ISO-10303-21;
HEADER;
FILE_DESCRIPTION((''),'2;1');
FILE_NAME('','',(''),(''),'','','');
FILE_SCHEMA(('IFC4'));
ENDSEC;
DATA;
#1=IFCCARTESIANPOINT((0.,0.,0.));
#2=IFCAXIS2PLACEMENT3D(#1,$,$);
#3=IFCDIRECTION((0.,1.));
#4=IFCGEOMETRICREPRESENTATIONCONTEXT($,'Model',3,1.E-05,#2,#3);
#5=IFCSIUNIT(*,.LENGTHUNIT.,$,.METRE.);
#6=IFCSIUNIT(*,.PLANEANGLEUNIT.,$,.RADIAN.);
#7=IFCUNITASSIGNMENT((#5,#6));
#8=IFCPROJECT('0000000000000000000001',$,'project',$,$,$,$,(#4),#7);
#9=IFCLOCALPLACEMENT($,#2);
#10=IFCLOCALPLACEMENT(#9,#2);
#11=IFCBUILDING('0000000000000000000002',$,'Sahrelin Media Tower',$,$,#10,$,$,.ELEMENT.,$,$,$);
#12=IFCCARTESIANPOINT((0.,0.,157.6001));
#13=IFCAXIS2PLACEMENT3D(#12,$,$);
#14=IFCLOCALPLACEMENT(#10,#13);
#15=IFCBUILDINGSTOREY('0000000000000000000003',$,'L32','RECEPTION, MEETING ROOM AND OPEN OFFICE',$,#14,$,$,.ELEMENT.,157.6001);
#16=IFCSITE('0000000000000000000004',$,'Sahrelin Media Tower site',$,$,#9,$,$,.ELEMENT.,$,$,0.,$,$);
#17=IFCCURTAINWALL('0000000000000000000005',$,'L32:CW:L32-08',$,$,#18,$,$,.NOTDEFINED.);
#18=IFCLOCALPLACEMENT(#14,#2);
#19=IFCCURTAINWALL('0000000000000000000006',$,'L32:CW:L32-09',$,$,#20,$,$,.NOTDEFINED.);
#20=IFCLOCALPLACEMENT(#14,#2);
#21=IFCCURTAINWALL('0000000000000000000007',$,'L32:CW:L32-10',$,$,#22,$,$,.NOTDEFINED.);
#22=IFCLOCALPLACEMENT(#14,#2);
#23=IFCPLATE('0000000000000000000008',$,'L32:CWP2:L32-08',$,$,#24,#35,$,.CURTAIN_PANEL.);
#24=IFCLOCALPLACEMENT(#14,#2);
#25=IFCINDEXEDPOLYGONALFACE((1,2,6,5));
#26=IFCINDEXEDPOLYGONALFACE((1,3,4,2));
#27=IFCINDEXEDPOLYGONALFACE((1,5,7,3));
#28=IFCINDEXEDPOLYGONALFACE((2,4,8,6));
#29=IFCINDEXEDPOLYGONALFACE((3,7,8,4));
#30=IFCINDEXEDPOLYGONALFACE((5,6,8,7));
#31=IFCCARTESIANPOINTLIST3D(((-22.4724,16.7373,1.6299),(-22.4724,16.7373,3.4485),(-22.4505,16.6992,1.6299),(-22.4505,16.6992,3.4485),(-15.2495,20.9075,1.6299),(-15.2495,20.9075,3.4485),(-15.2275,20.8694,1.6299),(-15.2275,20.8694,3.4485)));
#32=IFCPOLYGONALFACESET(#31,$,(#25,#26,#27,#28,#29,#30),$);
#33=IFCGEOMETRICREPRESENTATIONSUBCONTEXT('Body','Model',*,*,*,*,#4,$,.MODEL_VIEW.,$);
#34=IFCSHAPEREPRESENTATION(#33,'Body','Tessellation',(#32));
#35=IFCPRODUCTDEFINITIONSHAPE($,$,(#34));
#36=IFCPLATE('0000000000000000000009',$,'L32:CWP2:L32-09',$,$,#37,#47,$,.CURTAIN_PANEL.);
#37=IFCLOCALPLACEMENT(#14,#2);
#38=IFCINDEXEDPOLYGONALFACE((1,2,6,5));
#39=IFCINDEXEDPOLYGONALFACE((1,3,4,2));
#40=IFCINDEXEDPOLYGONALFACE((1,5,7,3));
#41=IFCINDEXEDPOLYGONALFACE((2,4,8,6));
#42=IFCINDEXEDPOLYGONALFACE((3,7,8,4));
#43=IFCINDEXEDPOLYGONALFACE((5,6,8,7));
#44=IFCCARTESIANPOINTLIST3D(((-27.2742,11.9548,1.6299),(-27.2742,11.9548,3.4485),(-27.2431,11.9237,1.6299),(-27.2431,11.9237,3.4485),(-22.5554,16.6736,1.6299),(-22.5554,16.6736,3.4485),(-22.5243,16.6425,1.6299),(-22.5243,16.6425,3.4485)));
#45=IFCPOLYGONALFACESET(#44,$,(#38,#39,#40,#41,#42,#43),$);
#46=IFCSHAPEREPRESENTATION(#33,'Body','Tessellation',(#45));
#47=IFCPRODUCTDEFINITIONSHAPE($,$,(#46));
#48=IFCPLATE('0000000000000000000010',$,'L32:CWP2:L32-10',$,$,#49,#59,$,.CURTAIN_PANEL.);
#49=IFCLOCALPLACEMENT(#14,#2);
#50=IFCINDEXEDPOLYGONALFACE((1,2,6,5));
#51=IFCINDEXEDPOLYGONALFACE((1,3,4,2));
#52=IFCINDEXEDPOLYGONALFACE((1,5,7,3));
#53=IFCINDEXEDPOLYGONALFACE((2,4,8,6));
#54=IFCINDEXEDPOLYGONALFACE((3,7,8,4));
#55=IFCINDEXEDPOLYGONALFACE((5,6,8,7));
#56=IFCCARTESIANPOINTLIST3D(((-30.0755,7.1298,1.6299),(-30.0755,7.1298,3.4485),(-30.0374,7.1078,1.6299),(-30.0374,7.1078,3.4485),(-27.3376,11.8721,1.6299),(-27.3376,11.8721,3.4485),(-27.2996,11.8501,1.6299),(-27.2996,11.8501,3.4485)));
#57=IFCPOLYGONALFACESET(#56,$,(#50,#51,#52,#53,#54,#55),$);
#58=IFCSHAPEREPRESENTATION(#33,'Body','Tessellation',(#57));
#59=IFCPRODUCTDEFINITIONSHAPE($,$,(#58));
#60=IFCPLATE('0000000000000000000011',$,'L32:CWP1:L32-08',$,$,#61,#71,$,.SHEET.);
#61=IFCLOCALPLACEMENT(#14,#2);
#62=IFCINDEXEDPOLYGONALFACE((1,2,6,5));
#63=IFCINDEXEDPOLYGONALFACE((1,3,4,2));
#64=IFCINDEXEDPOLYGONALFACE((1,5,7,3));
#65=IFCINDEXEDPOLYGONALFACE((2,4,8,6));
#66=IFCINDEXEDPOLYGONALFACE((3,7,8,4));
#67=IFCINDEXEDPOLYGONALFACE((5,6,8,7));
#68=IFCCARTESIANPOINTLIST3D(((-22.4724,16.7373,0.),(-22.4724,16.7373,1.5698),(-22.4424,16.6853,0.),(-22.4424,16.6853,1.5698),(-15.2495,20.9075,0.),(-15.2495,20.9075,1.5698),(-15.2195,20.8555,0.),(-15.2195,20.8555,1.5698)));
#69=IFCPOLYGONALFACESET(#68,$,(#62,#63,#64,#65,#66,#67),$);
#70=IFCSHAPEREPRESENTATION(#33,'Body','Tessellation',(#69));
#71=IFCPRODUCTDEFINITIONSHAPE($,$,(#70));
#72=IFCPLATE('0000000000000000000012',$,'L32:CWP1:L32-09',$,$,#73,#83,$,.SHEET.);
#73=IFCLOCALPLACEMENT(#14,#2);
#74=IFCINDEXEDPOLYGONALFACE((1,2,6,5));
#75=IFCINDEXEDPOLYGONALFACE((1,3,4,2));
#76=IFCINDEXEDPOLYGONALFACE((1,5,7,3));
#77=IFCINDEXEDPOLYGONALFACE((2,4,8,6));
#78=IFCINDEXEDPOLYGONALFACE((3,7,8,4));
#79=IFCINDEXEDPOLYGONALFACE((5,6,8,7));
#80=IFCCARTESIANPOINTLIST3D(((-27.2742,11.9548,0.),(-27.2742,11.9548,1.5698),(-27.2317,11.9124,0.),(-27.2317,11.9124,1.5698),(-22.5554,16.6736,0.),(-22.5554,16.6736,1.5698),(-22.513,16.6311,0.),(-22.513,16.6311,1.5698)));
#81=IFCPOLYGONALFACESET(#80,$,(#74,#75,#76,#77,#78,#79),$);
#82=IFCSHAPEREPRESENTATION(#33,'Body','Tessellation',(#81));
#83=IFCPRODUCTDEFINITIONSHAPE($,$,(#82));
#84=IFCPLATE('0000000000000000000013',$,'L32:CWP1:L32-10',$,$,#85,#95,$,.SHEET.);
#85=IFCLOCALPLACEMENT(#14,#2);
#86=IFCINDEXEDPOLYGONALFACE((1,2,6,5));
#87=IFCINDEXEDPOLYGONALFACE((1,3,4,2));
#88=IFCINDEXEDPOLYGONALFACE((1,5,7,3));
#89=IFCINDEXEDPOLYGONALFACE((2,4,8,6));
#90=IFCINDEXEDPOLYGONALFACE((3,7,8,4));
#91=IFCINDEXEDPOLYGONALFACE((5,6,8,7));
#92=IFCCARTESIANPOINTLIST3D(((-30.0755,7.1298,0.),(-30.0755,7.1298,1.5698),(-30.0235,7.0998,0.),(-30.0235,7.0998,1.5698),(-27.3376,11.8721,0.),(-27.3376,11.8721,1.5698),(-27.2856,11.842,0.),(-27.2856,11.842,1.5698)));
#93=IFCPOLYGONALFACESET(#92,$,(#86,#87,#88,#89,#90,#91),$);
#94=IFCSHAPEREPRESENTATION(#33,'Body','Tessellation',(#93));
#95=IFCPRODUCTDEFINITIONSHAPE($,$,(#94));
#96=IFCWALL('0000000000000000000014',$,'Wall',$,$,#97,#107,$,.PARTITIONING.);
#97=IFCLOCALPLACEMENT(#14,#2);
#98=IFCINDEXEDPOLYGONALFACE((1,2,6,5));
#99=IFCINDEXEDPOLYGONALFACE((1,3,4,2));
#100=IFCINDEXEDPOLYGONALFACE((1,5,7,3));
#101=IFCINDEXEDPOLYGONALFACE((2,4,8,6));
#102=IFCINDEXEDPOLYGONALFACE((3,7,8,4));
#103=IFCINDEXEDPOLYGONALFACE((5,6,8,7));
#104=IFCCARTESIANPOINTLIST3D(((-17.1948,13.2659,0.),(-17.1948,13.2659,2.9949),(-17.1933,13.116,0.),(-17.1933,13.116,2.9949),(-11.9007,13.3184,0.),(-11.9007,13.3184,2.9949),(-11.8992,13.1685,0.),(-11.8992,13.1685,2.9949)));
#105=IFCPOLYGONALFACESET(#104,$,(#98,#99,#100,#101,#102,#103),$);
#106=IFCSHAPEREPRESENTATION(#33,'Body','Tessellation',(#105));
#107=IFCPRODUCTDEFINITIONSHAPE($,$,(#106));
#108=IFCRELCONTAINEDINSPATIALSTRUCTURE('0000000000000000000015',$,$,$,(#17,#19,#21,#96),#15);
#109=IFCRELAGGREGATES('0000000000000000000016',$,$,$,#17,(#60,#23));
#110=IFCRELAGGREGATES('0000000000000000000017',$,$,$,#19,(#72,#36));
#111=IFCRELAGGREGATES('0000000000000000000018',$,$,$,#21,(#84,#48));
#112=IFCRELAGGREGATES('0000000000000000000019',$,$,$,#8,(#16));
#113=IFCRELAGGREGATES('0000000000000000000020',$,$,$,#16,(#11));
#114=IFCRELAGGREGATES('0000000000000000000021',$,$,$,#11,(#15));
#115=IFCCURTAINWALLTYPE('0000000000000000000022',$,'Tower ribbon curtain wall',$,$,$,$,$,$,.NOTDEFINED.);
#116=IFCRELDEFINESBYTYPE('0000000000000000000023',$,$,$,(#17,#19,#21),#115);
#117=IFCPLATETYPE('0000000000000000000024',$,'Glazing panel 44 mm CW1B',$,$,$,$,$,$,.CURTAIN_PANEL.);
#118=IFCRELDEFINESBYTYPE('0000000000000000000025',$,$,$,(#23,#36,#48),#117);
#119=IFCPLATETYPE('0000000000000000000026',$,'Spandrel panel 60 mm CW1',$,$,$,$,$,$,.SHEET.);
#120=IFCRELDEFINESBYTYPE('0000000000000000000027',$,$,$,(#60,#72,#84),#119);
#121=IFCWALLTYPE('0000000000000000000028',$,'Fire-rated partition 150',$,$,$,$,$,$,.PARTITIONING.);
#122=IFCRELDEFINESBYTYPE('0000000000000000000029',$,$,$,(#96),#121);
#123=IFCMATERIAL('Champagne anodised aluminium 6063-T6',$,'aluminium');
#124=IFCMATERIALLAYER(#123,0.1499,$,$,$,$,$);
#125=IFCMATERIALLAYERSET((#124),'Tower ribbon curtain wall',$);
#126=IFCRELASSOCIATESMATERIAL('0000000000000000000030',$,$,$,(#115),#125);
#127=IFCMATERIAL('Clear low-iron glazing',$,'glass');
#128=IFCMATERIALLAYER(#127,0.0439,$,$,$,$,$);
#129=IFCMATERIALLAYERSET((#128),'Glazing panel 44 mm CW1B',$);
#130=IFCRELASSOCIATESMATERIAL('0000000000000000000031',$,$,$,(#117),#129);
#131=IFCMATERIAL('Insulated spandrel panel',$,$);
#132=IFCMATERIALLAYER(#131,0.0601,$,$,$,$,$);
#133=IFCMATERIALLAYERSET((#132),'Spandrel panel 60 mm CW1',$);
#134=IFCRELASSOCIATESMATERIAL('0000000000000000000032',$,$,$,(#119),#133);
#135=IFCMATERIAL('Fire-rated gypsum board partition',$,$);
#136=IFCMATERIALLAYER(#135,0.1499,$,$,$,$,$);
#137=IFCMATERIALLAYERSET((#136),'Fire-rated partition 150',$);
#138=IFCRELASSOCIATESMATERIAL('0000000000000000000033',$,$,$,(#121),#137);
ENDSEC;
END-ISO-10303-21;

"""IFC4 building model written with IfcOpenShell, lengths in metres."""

from ifc_helpers import new_model, si_unit, direction, frame, frame_2d, origin, place, context, subcontext, project, spatial, polyline, rectangle, outline, extrude, material, layer, layer_set, type_object, element, aggregate, save


model = new_model("IFC4")

# Units and contexts
model_context = context("Model", 3, precision=1e-05, world=origin(), true_north=direction((0.0, 1.0)))
body_context = subcontext(model_context, "Body", "Model", "MODEL_VIEW")
ifc_project = project(units=[si_unit("LENGTHUNIT", "METRE"), si_unit("PLANEANGLEUNIT", "RADIAN")], contexts=[model_context])

# Site, building, storey
site_placement = place(None, origin())
site = spatial("IfcSite", under=ifc_project, at=site_placement, Name="Sahrelin Media Tower site", CompositionType="ELEMENT", RefElevation=0.0)
building_placement = place(site_placement, origin())
building = spatial("IfcBuilding", under=site, at=building_placement, Name="Sahrelin Media Tower", CompositionType="ELEMENT")
storey_placement = place(building_placement, frame((0.0, 0.0, 157.6001)))
storey = spatial("IfcBuildingStorey", under=building, at=storey_placement, Name="L32", Description="RECEPTION, MEETING ROOM AND OPEN OFFICE", CompositionType="ELEMENT", Elevation=157.6001)

# Curtain walls
ifc_material_1 = material(Name="Champagne anodised aluminium 6063-T6", Category="aluminium")
ifc_layer_1 = layer(ifc_material_1, 0.1499)
ifc_layer_set_1 = layer_set([ifc_layer_1], Name="Tower ribbon curtain wall")
curtain_wall_type = type_object("IfcCurtainWallType", Name="Tower ribbon curtain wall", PredefinedType="NOTDEFINED", material=ifc_layer_set_1)
curtain_wall_1_placement = place(storey_placement, frame((-18.8511, 18.8049, 0.0), z_axis=(0.0, 0.0, 1.0), x_axis=(1.0, 0.0, 0.0)))
curtain_wall_1 = element("IfcCurtainWall", 1, at=curtain_wall_1_placement, inside=storey, type_object=curtain_wall_type, Name="L32:CW:L32-08", PredefinedType="NOTDEFINED")
curtain_wall_2_placement = place(storey_placement, frame((-24.9004, 14.3, 0.0), z_axis=(0.0, 0.0, 1.0), x_axis=(1.0, 0.0, 0.0)))
curtain_wall_2 = element("IfcCurtainWall", 2, at=curtain_wall_2_placement, inside=storey, type_object=curtain_wall_type, Name="L32:CW:L32-09", PredefinedType="NOTDEFINED")

# Curtain wall
curtain_wall_3_placement = place(storey_placement, frame((-28.6892, 9.491, 0.0), z_axis=(0.0, 0.0, 1.0), x_axis=(1.0, 0.0, 0.0)))
curtain_wall_3 = element("IfcCurtainWall", 3, at=curtain_wall_3_placement, inside=storey, type_object=curtain_wall_type, Name="L32:CW:L32-10", PredefinedType="NOTDEFINED")

# Plates
ifc_material_2 = material(Name="Clear low-iron glazing", Category="glass")
ifc_layer_2 = layer(ifc_material_2, 0.0439)
ifc_layer_set_2 = layer_set([ifc_layer_2], Name="Glazing panel 44 mm CW1B")
plate_type_1 = type_object("IfcPlateType", Name="Glazing panel 44 mm CW1B", PredefinedType="CURTAIN_PANEL", material=ifc_layer_set_2)
plate_1_placement = place(storey_placement, frame((-15.2495, 20.9075, 1.6299), z_axis=(-0.500002, 0.866024, 0.0), x_axis=(-0.866024, -0.500002, 0.0)))
plate_1 = element("IfcPlate", 4, at=plate_1_placement, type_object=plate_type_1, Name="L32:CWP2:L32-08", PredefinedType="CURTAIN_PANEL", context=body_context, shape_type="SweptSolid", body=[
    extrude(outline(polyline([(0.0, 0.0), (8.3403, 0.0), (8.3403, 1.8186), (0.0, 1.8186), (0.0, 0.0)])), origin(), (0.0, 0.0, -1.0), 0.0439),
])
plate_2_placement = place(storey_placement, frame((-22.5554, 16.6736, 1.6299), z_axis=(-0.707107, 0.707107, 0.0), x_axis=(-0.707107, -0.707107, 0.0)))
plate_2 = element("IfcPlate", 5, at=plate_2_placement, type_object=plate_type_1, Name="L32:CWP2:L32-09", PredefinedType="CURTAIN_PANEL", context=body_context, shape_type="SweptSolid", body=[
    extrude(outline(polyline([(0.0, 0.0), (6.6733, 0.0), (6.6733, 1.8186), (0.0, 1.8186), (0.0, 0.0)])), origin(), (0.0, 0.0, -1.0), 0.0439),
])
plate_3_placement = place(storey_placement, frame((-27.3376, 11.8721, 1.6299), z_axis=(-0.866034, 0.499985, 0.0), x_axis=(-0.499985, -0.866034, 0.0)))
plate_3 = element("IfcPlate", 6, at=plate_3_placement, type_object=plate_type_1, Name="L32:CWP2:L32-10", PredefinedType="CURTAIN_PANEL", context=body_context, shape_type="SweptSolid", body=[
    extrude(outline(polyline([(0.0, 0.0), (5.4758, 0.0), (5.4758, 1.8186), (0.0, 1.8186), (0.0, 0.0)])), origin(), (0.0, 0.0, -1.0), 0.0439),
])
ifc_material_3 = material(Name="Insulated spandrel panel")
ifc_layer_3 = layer(ifc_material_3, 0.0601)
ifc_layer_set_3 = layer_set([ifc_layer_3], Name="Spandrel panel 60 mm CW1")
plate_type_2 = type_object("IfcPlateType", Name="Spandrel panel 60 mm CW1", PredefinedType="SHEET", material=ifc_layer_set_3)
plate_4_placement = place(storey_placement, frame((-15.2495, 20.9075, 0.0), z_axis=(-0.500002, 0.866024, 0.0), x_axis=(-0.866024, -0.500002, 0.0)))
plate_4 = element("IfcPlate", 7, at=plate_4_placement, type_object=plate_type_2, Name="L32:CWP1:L32-08", PredefinedType="SHEET", context=body_context, shape_type="SweptSolid", body=[
    extrude(outline(polyline([(0.0, 0.0), (8.3403, 0.0), (8.3403, 1.5698), (0.0, 1.5698), (0.0, 0.0)])), origin(), (0.0, 0.0, -1.0), 0.0601),
])
aggregate(curtain_wall_1, [plate_4, plate_1])
plate_5_placement = place(storey_placement, frame((-22.5554, 16.6736, 0.0), z_axis=(-0.707107, 0.707107, 0.0), x_axis=(-0.707107, -0.707107, 0.0)))
plate_5 = element("IfcPlate", 8, at=plate_5_placement, type_object=plate_type_2, Name="L32:CWP1:L32-09", PredefinedType="SHEET", context=body_context, shape_type="SweptSolid", body=[
    extrude(outline(polyline([(0.0, 0.0), (6.6733, 0.0), (6.6733, 1.5698), (0.0, 1.5698), (0.0, 0.0)])), origin(), (0.0, 0.0, -1.0), 0.0601),
])
aggregate(curtain_wall_2, [plate_5, plate_2])
plate_6_placement = place(storey_placement, frame((-27.3376, 11.8721, 0.0), z_axis=(-0.866034, 0.499985, 0.0), x_axis=(-0.499985, -0.866034, 0.0)))
plate_6 = element("IfcPlate", 9, at=plate_6_placement, type_object=plate_type_2, Name="L32:CWP1:L32-10", PredefinedType="SHEET", context=body_context, shape_type="SweptSolid", body=[
    extrude(outline(polyline([(0.0, 0.0), (5.4758, 0.0), (5.4758, 1.5698), (0.0, 1.5698), (0.0, 0.0)])), origin(), (0.0, 0.0, -1.0), 0.0601),
])
aggregate(curtain_wall_3, [plate_6, plate_3])

# Wall
ifc_material_4 = material(Name="Fire-rated gypsum board partition")
ifc_layer_4 = layer(ifc_material_4, 0.1499)
ifc_layer_set_4 = layer_set([ifc_layer_4], Name="Fire-rated partition 150")
wall_type_1 = type_object("IfcWallType", Name="Fire-rated partition 150", PredefinedType="PARTITIONING", material=ifc_layer_set_4)
wall_1_placement = place(storey_placement, frame((-17.1941, 13.1909, 0.0), z_axis=(0.0, 0.0, 1.0), x_axis=(0.999951, 0.009914, 0.0)))
element("IfcWall", 10, at=wall_1_placement, inside=storey, type_object=wall_type_1, Name="Wall", PredefinedType="PARTITIONING", context=body_context, shape_type="SweptSolid", body=[
    extrude(rectangle(XDim=5.2944, YDim=0.1499, at=frame_2d((2.6472, 0.0))), origin(), (0.0, 0.0, 1.0), 2.9949),
])

save(model, "model.ifc")
